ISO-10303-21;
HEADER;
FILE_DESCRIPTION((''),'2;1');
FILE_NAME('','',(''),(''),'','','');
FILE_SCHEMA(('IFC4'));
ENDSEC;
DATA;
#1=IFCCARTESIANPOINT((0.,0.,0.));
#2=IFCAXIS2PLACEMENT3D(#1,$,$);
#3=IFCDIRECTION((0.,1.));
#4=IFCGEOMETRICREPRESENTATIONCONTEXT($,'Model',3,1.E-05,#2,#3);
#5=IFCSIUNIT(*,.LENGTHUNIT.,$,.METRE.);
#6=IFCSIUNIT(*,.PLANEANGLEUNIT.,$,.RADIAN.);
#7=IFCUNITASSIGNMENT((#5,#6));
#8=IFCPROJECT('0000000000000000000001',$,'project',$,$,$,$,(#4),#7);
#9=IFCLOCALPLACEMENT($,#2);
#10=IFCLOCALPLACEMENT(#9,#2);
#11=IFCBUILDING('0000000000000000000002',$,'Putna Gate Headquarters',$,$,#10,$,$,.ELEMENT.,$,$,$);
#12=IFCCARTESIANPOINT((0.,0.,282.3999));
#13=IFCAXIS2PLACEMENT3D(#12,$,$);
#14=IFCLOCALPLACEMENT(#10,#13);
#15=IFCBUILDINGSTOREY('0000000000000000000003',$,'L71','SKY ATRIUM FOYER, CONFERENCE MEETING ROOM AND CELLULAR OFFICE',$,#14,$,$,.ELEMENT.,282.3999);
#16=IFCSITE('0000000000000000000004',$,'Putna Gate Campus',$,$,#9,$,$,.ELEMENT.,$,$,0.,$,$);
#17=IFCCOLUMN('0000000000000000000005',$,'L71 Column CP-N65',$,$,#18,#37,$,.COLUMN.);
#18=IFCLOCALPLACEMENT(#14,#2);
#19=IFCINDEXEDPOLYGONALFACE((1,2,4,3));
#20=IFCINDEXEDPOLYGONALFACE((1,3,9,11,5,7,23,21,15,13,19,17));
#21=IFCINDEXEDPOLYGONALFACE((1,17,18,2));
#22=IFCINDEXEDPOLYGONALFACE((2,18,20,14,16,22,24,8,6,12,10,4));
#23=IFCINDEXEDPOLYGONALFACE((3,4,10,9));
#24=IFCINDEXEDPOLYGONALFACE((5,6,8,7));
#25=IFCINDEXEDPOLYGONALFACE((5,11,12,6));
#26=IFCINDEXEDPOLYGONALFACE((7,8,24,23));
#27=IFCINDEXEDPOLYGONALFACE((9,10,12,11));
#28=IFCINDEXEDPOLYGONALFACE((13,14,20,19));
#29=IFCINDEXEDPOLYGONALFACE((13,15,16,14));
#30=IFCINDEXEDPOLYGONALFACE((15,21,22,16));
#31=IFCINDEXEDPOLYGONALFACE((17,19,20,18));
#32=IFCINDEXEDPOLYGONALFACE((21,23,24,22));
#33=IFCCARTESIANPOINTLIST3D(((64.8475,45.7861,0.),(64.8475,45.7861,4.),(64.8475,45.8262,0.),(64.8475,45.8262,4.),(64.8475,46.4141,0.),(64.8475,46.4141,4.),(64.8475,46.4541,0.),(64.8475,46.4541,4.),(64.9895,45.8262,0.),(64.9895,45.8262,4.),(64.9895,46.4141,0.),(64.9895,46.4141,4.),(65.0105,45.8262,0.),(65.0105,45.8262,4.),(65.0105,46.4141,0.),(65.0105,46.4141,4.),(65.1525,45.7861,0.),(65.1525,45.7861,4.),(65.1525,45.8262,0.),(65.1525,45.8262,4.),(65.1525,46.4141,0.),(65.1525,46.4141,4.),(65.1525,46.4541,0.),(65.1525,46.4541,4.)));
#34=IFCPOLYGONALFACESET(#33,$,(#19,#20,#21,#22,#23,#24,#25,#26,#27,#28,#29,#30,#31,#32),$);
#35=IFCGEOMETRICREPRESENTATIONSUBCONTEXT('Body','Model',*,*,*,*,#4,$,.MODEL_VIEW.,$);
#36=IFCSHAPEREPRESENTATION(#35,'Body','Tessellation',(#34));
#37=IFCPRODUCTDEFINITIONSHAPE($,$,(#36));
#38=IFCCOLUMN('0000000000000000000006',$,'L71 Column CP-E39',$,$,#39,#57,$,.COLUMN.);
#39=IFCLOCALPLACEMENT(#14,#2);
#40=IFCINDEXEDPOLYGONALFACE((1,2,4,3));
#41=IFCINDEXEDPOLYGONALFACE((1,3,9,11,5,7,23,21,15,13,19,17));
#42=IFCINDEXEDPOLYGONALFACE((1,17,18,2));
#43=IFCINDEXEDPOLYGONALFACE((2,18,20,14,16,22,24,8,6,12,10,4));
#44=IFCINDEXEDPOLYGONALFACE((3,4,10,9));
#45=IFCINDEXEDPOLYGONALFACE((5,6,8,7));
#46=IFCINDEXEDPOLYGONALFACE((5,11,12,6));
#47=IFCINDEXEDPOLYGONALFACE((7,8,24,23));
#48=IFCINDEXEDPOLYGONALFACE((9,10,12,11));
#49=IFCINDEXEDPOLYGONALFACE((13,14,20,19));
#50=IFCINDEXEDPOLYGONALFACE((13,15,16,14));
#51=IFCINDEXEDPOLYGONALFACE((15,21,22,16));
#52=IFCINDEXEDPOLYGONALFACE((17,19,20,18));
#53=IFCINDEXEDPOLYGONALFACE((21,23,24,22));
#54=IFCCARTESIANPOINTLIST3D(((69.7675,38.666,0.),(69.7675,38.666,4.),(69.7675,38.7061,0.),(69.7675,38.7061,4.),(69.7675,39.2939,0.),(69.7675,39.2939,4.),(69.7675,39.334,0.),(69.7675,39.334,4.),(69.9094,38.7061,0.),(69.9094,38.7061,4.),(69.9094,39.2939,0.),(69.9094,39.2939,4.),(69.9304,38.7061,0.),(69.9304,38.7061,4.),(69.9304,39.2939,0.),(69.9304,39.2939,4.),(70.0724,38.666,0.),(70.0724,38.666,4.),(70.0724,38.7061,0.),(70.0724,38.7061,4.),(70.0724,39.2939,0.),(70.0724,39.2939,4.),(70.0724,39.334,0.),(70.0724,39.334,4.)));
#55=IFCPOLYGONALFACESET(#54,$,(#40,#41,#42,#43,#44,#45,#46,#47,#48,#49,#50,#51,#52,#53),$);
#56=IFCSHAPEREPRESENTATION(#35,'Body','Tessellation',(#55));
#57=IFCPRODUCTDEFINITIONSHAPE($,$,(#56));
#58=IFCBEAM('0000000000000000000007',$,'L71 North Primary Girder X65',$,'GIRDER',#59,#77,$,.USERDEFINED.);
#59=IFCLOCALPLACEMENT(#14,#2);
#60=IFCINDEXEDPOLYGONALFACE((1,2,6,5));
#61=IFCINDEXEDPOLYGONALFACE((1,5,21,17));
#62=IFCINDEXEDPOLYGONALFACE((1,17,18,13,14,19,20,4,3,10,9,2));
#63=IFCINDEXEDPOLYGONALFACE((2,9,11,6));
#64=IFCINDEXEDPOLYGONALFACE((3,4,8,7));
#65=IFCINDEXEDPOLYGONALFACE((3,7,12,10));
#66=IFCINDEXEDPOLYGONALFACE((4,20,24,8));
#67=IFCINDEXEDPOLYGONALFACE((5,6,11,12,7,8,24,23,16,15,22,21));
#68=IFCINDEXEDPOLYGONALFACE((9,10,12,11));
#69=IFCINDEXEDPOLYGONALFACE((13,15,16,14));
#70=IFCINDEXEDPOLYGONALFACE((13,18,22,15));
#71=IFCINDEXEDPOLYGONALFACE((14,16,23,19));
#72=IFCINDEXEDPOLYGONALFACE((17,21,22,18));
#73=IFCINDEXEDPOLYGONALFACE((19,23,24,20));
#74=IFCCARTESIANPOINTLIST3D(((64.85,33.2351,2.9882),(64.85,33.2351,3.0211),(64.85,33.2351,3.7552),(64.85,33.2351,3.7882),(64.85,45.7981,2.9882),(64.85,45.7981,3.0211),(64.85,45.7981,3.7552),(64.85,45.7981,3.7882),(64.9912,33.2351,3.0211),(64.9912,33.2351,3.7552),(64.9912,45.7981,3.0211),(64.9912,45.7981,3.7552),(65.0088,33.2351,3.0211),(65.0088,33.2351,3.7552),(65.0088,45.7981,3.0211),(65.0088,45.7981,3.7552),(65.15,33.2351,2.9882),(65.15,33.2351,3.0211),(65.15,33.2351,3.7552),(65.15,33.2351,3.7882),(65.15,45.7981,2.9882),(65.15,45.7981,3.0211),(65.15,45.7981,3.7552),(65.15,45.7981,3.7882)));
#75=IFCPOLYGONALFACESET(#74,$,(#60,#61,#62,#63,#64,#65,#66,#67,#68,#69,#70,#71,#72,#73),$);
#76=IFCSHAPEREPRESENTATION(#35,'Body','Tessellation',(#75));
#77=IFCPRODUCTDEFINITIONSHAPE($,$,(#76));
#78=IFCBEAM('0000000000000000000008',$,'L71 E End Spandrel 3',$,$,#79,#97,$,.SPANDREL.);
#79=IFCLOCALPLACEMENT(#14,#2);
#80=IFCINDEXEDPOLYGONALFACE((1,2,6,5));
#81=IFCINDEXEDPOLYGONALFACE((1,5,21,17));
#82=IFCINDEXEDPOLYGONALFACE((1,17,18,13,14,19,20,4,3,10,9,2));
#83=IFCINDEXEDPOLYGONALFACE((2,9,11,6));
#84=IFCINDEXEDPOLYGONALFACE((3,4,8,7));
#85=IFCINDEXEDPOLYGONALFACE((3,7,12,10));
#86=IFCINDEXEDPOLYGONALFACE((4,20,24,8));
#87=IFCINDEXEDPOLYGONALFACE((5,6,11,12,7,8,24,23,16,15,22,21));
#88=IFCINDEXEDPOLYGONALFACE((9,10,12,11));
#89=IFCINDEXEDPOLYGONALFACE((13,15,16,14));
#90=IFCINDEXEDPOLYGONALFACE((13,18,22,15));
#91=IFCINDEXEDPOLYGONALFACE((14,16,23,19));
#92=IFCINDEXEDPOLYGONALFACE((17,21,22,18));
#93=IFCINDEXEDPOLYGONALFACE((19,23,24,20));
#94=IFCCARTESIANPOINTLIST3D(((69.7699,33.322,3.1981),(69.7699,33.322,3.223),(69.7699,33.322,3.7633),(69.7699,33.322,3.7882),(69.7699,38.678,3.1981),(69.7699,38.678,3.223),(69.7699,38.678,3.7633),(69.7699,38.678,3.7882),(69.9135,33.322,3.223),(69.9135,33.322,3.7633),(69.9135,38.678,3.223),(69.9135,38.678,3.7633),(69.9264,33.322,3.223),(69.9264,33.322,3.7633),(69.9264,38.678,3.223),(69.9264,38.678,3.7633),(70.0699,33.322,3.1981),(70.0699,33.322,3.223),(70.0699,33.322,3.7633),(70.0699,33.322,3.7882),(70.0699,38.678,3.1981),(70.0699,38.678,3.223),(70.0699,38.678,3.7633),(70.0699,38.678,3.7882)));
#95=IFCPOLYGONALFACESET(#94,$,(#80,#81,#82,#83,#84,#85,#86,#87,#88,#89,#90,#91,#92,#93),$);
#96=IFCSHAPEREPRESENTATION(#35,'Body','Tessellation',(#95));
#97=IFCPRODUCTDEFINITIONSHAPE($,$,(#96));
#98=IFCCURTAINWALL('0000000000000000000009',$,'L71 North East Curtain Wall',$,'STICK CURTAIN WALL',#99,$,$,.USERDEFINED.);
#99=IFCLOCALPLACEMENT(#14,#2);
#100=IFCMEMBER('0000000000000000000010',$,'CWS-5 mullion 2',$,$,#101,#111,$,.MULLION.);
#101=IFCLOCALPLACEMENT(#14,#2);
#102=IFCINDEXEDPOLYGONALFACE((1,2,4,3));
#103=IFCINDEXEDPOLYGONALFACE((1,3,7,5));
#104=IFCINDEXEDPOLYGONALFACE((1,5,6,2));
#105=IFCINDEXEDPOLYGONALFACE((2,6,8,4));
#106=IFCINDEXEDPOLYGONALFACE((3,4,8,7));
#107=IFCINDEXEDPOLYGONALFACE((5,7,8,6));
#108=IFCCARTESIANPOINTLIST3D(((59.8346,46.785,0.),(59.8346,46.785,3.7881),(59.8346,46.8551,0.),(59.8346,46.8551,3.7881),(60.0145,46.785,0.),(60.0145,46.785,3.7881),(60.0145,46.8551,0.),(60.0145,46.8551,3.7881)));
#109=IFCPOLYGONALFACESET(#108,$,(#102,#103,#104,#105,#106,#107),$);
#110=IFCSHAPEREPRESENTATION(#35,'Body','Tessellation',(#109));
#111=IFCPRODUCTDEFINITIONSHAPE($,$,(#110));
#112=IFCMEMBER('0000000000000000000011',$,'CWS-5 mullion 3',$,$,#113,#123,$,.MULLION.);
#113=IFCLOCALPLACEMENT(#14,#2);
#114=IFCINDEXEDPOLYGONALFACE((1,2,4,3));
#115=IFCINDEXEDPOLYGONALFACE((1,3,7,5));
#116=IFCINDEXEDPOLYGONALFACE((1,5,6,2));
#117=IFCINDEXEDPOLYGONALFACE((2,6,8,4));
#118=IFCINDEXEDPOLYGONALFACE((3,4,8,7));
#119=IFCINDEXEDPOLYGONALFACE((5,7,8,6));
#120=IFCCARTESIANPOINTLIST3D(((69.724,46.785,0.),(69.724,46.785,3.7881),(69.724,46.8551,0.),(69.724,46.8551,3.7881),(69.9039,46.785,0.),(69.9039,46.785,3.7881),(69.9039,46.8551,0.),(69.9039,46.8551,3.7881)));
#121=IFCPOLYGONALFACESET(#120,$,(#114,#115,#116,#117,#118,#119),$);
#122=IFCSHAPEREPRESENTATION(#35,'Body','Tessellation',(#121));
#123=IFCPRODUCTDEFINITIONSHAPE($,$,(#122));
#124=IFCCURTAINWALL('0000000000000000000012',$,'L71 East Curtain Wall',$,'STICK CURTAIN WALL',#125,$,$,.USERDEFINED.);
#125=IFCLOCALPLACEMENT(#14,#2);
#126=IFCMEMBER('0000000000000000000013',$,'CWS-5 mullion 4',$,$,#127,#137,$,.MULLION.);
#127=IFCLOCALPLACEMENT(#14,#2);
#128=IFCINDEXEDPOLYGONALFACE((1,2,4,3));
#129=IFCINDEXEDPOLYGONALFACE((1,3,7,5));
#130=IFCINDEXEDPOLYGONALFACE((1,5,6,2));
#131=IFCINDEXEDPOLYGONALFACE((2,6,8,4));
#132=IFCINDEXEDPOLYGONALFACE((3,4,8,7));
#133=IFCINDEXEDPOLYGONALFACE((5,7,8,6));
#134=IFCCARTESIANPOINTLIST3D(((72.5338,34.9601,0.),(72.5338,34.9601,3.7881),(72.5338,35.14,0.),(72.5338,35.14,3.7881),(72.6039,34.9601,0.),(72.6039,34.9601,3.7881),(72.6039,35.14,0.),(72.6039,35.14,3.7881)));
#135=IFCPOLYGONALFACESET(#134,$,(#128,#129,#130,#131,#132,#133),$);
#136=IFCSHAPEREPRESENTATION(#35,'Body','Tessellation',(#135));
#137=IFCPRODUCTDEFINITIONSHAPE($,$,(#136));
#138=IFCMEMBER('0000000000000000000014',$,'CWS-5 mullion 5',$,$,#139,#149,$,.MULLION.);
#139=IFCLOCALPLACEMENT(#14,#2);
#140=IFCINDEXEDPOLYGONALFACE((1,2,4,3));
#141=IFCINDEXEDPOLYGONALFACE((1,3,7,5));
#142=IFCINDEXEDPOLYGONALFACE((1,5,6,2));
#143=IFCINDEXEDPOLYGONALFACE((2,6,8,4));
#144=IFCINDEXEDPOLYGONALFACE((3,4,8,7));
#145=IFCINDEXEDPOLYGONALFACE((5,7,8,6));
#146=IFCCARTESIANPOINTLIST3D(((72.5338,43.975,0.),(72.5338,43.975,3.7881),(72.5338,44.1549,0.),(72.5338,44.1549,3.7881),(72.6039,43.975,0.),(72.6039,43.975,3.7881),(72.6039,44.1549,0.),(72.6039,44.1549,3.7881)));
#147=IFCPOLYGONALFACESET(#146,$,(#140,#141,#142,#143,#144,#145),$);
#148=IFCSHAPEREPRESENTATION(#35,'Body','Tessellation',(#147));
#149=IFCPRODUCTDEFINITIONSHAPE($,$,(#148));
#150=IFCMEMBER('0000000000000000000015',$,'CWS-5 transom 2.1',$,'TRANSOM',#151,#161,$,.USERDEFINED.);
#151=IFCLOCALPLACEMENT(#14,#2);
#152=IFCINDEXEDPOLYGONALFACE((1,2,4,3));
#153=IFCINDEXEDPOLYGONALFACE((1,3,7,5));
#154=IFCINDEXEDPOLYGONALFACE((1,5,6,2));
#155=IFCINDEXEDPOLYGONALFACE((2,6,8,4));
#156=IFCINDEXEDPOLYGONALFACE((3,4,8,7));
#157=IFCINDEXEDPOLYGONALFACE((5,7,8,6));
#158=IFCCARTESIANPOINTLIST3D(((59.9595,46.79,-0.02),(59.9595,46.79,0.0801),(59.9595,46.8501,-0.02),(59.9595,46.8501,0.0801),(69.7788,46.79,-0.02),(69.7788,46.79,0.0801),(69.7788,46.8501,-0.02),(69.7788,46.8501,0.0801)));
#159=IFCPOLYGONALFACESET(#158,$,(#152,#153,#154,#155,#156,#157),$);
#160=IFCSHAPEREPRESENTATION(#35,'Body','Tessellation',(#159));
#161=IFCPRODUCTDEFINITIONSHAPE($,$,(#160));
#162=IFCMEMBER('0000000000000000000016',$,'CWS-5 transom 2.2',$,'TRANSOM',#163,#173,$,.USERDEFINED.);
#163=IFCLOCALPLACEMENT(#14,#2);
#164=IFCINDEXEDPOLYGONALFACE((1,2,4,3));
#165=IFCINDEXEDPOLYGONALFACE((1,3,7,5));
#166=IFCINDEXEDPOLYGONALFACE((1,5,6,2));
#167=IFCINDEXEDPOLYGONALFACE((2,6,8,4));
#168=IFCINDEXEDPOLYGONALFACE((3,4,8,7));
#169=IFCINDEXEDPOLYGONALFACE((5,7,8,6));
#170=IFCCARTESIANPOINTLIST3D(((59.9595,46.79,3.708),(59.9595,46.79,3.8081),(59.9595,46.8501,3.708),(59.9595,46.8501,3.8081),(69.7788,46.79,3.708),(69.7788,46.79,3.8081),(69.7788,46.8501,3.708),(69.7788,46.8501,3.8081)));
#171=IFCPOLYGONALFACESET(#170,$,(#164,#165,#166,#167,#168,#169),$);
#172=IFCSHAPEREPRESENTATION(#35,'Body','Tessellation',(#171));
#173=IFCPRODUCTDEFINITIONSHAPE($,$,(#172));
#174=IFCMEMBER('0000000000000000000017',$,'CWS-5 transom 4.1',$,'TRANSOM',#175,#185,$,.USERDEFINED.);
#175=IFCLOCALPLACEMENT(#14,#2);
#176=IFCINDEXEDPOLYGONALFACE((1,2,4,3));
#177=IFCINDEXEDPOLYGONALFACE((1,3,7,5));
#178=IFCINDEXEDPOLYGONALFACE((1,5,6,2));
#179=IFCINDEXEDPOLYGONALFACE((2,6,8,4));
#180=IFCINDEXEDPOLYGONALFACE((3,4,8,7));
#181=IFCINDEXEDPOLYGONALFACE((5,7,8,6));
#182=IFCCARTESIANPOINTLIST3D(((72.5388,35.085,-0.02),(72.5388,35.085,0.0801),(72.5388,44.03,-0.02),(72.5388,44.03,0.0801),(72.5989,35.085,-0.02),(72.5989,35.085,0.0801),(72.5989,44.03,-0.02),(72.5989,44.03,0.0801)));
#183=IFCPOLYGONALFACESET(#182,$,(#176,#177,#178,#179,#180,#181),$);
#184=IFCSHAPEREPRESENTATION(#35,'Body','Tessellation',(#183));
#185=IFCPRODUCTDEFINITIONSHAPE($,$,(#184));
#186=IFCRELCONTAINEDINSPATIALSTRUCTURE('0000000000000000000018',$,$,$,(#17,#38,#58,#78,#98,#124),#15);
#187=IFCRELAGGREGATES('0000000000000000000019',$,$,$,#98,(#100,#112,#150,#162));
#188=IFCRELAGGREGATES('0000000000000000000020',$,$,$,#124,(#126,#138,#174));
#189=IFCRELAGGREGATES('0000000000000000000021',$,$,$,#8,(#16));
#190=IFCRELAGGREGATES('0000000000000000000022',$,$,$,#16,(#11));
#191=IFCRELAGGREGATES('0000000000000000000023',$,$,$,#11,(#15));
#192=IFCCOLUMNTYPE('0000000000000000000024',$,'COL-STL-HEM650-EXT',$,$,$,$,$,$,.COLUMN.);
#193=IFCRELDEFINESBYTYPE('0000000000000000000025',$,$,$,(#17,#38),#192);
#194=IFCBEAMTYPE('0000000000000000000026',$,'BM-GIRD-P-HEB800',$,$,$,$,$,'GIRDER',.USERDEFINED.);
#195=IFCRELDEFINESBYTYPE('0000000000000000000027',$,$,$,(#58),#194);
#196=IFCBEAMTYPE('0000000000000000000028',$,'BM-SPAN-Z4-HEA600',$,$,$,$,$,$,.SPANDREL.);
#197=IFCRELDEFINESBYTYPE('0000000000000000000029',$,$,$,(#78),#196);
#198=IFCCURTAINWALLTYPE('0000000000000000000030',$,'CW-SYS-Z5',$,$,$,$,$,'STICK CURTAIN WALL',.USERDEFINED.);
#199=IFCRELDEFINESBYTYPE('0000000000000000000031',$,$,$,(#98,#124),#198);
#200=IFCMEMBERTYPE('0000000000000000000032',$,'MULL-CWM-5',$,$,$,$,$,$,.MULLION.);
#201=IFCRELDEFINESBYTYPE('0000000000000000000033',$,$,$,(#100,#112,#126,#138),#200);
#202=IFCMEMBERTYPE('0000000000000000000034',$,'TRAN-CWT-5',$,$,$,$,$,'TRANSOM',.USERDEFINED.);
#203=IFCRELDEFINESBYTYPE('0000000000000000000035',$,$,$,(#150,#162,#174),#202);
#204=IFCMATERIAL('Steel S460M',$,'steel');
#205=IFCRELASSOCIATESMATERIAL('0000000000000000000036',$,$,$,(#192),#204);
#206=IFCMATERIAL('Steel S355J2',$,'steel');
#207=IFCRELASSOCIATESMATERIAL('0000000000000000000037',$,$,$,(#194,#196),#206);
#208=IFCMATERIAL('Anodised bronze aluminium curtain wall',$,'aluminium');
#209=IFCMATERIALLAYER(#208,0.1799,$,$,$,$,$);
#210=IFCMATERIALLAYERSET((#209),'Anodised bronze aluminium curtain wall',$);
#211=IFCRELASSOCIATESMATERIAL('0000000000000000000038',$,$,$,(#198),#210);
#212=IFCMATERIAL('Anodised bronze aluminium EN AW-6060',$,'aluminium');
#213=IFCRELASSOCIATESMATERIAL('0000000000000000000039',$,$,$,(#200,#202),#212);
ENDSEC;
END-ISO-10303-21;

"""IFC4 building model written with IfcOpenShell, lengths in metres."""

from ifc_helpers import new_model, si_unit, direction, frame, origin, origin_2d, place, context, subcontext, project, spatial, rectangle, i_section, extrude, material, layer, layer_set, material_profile, profile_set, type_object, element, aggregate, save


model = new_model("IFC4")

# Units and contexts
model_context = context("Model", 3, precision=1e-05, world=origin(), true_north=direction((0.0, 1.0)))
body_context = subcontext(model_context, "Body", "Model", "MODEL_VIEW")
ifc_project = project(units=[si_unit("LENGTHUNIT", "METRE"), si_unit("PLANEANGLEUNIT", "RADIAN")], contexts=[model_context])

# Site, building, storey
site_placement = place(None, origin())
site = spatial("IfcSite", under=ifc_project, at=site_placement, Name="Putna Gate Campus", CompositionType="ELEMENT", RefElevation=0.0)
building_placement = place(site_placement, origin())
building = spatial("IfcBuilding", under=site, at=building_placement, Name="Putna Gate Headquarters", CompositionType="ELEMENT")
storey_placement = place(building_placement, frame((0.0, 0.0, 282.3999)))
storey = spatial("IfcBuildingStorey", under=building, at=storey_placement, Name="L71", Description="SKY ATRIUM FOYER, CONFERENCE MEETING ROOM AND CELLULAR OFFICE", CompositionType="ELEMENT", Elevation=282.3999)

# Columns
ifc_material_1 = material(Name="Steel S460M", Category="steel")
ifc_material_profile_1 = material_profile(ifc_material_1, i_section(OverallWidth=0.3049, OverallDepth=0.668, WebThickness=0.021, FlangeThickness=0.04, at=origin_2d()), Name="Steel S460M")
ifc_profile_set_1 = profile_set([ifc_material_profile_1], Name="Steel S460M")
column_type = type_object("IfcColumnType", Name="COL-STL-HEM650-EXT", PredefinedType="COLUMN", material=ifc_profile_set_1)
for number, where, z_axis, x_axis, name in (
    (1, (65.0, 46.1201, 0.0), (0.0, 0.0, 1.0), (1.0, 0.0, 0.0), "L71 Column CP-N65"),
    (2, (69.9199, 39.0, 0.0), (0.0, 0.0, 1.0), (1.0, 0.0, 0.0), "L71 Column CP-E39"),
):
    element("IfcColumn", number, at=place(storey_placement, frame(where, z_axis=z_axis, x_axis=x_axis)), inside=storey, type_object=column_type, Name=name, PredefinedType="COLUMN", context=body_context, shape_type="SweptSolid", body=[
        extrude(i_section(OverallWidth=0.3049, OverallDepth=0.668, WebThickness=0.021, FlangeThickness=0.04, at=origin_2d()), origin(), (0.0, 0.0, 1.0), 4.0),
    ])

# Beams
ifc_material_2 = material(Name="Steel S355J2", Category="steel")
ifc_material_profile_2 = material_profile(ifc_material_2, i_section(OverallWidth=0.3, OverallDepth=0.8, WebThickness=0.0176, FlangeThickness=0.033, at=origin_2d()), Name="Steel S355J2")
ifc_profile_set_2 = profile_set([ifc_material_profile_2], Name="Steel S355J2")
beam_type_1 = type_object("IfcBeamType", Name="BM-GIRD-P-HEB800", ElementType="GIRDER", PredefinedType="USERDEFINED", material=ifc_profile_set_2)
beam_1_placement = place(storey_placement, frame((65.0, 33.2351, 3.3882), z_axis=(0.0, 1.0, 0.0), x_axis=(-1.0, 0.0, 0.0)))
element("IfcBeam", 3, at=beam_1_placement, inside=storey, type_object=beam_type_1, Name="L71 North Primary Girder X65", ObjectType="GIRDER", PredefinedType="USERDEFINED", context=body_context, shape_type="SweptSolid", body=[
    extrude(i_section(OverallWidth=0.3, OverallDepth=0.8, WebThickness=0.0176, FlangeThickness=0.033, at=origin_2d()), origin(), (0.0, 0.0, 1.0), 12.563),
])
ifc_material_profile_3 = material_profile(ifc_material_2, i_section(OverallWidth=0.3, OverallDepth=0.5901, WebThickness=0.0129, FlangeThickness=0.0249, at=origin_2d()), Name="Steel S355J2")
ifc_profile_set_3 = profile_set([ifc_material_profile_3], Name="Steel S355J2")
beam_type_2 = type_object("IfcBeamType", Name="BM-SPAN-Z4-HEA600", PredefinedType="SPANDREL", material=ifc_profile_set_3)
beam_2_placement = place(storey_placement, frame((69.9199, 33.322, 3.4932), z_axis=(0.0, 1.0, 0.0), x_axis=(-1.0, 0.0, 0.0)))
element("IfcBeam", 4, at=beam_2_placement, inside=storey, type_object=beam_type_2, Name="L71 E End Spandrel 3", PredefinedType="SPANDREL", context=body_context, shape_type="SweptSolid", body=[
    extrude(i_section(OverallWidth=0.3, OverallDepth=0.5901, WebThickness=0.0129, FlangeThickness=0.0249, at=origin_2d()), origin(), (0.0, 0.0, 1.0), 5.356),
])

# Curtain walls, members
ifc_material_3 = material(Name="Anodised bronze aluminium curtain wall", Category="aluminium")
ifc_layer_1 = layer(ifc_material_3, 0.1799)
ifc_layer_set_1 = layer_set([ifc_layer_1], Name="Anodised bronze aluminium curtain wall")
curtain_wall_type = type_object("IfcCurtainWallType", Name="CW-SYS-Z5", ElementType="STICK CURTAIN WALL", PredefinedType="USERDEFINED", material=ifc_layer_set_1)
curtain_wall_1_placement = place(storey_placement, origin())
curtain_wall_1 = element("IfcCurtainWall", 5, at=curtain_wall_1_placement, inside=storey, type_object=curtain_wall_type, Name="L71 North East Curtain Wall", ObjectType="STICK CURTAIN WALL", PredefinedType="USERDEFINED")
ifc_material_4 = material(Name="Anodised bronze aluminium EN AW-6060", Category="aluminium")
ifc_material_profile_4 = material_profile(ifc_material_4, rectangle(XDim=0.0701, YDim=0.1799, at=origin_2d()), Name="Anodised bronze aluminium EN AW-6060")
ifc_profile_set_4 = profile_set([ifc_material_profile_4], Name="Anodised bronze aluminium EN AW-6060")
member_type_1 = type_object("IfcMemberType", Name="MULL-CWM-5", PredefinedType="MULLION", material=ifc_profile_set_4)
member_1_placement = place(storey_placement, frame((59.9246, 46.8201, 0.0), z_axis=(0.0, 0.0, 1.0), x_axis=(0.0, 1.0, 0.0)))
member_1 = element("IfcMember", 6, at=member_1_placement, type_object=member_type_1, Name="CWS-5 mullion 2", PredefinedType="MULLION", context=body_context, shape_type="SweptSolid", body=[
    extrude(rectangle(XDim=0.0701, YDim=0.1799, at=origin_2d()), origin(), (0.0, 0.0, 1.0), 3.7881),
])
member_2_placement = place(storey_placement, frame((69.814, 46.8201, 0.0), z_axis=(0.0, 0.0, 1.0), x_axis=(0.0, 1.0, 0.0)))
member_2 = element("IfcMember", 7, at=member_2_placement, type_object=member_type_1, Name="CWS-5 mullion 3", PredefinedType="MULLION", context=body_context, shape_type="SweptSolid", body=[
    extrude(rectangle(XDim=0.0701, YDim=0.1799, at=origin_2d()), origin(), (0.0, 0.0, 1.0), 3.7881),
])
curtain_wall_2_placement = place(storey_placement, origin())
curtain_wall_2 = element("IfcCurtainWall", 8, at=curtain_wall_2_placement, inside=storey, type_object=curtain_wall_type, Name="L71 East Curtain Wall", ObjectType="STICK CURTAIN WALL", PredefinedType="USERDEFINED")
member_3_placement = place(storey_placement, frame((72.5688, 35.05, 0.0), z_axis=(0.0, 0.0, 1.0), x_axis=(-1.0, 0.0, 0.0)))
member_3 = element("IfcMember", 9, at=member_3_placement, type_object=member_type_1, Name="CWS-5 mullion 4", PredefinedType="MULLION", context=body_context, shape_type="SweptSolid", body=[
    extrude(rectangle(XDim=0.0701, YDim=0.1799, at=origin_2d()), origin(), (0.0, 0.0, 1.0), 3.7881),
])
member_4_placement = place(storey_placement, frame((72.5688, 44.0649, 0.0), z_axis=(0.0, 0.0, 1.0), x_axis=(-1.0, 0.0, 0.0)))
member_4 = element("IfcMember", 10, at=member_4_placement, type_object=member_type_1, Name="CWS-5 mullion 5", PredefinedType="MULLION", context=body_context, shape_type="SweptSolid", body=[
    extrude(rectangle(XDim=0.0701, YDim=0.1799, at=origin_2d()), origin(), (0.0, 0.0, 1.0), 3.7881),
])

# Members
ifc_material_profile_5 = material_profile(ifc_material_4, rectangle(XDim=0.0601, YDim=0.1001, at=origin_2d()), Name="Anodised bronze aluminium EN AW-6060")
ifc_profile_set_5 = profile_set([ifc_material_profile_5], Name="Anodised bronze aluminium EN AW-6060")
member_type_2 = type_object("IfcMemberType", Name="TRAN-CWT-5", ElementType="TRANSOM", PredefinedType="USERDEFINED", material=ifc_profile_set_5)
member_5_placement = place(storey_placement, frame((59.9595, 46.8201, 0.03), z_axis=(1.0, 0.0, 0.0), x_axis=(0.0, 1.0, 0.0)))
member_5 = element("IfcMember", 11, at=member_5_placement, type_object=member_type_2, Name="CWS-5 transom 2.1", ObjectType="TRANSOM", PredefinedType="USERDEFINED", context=body_context, shape_type="SweptSolid", body=[
    extrude(rectangle(XDim=0.0601, YDim=0.1001, at=origin_2d()), origin(), (0.0, 0.0, 1.0), 9.8193),
])
member_6_placement = place(storey_placement, frame((59.9595, 46.8201, 3.7581), z_axis=(1.0, 0.0, 0.0), x_axis=(0.0, 1.0, 0.0)))
member_6 = element("IfcMember", 12, at=member_6_placement, type_object=member_type_2, Name="CWS-5 transom 2.2", ObjectType="TRANSOM", PredefinedType="USERDEFINED", context=body_context, shape_type="SweptSolid", body=[
    extrude(rectangle(XDim=0.0601, YDim=0.1001, at=origin_2d()), origin(), (0.0, 0.0, 1.0), 9.8193),
])
member_7_placement = place(storey_placement, frame((72.5688, 35.085, 0.03), z_axis=(0.0, 1.0, 0.0), x_axis=(-1.0, 0.0, 0.0)))
member_7 = element("IfcMember", 13, at=member_7_placement, type_object=member_type_2, Name="CWS-5 transom 4.1", ObjectType="TRANSOM", PredefinedType="USERDEFINED", context=body_context, shape_type="SweptSolid", body=[
    extrude(rectangle(XDim=0.0601, YDim=0.1001, at=origin_2d()), origin(), (0.0, 0.0, 1.0), 8.9451),
])

aggregate(curtain_wall_1, [member_1, member_2, member_5, member_6])
aggregate(curtain_wall_2, [member_3, member_4, member_7])

save(model, "model.ifc")
